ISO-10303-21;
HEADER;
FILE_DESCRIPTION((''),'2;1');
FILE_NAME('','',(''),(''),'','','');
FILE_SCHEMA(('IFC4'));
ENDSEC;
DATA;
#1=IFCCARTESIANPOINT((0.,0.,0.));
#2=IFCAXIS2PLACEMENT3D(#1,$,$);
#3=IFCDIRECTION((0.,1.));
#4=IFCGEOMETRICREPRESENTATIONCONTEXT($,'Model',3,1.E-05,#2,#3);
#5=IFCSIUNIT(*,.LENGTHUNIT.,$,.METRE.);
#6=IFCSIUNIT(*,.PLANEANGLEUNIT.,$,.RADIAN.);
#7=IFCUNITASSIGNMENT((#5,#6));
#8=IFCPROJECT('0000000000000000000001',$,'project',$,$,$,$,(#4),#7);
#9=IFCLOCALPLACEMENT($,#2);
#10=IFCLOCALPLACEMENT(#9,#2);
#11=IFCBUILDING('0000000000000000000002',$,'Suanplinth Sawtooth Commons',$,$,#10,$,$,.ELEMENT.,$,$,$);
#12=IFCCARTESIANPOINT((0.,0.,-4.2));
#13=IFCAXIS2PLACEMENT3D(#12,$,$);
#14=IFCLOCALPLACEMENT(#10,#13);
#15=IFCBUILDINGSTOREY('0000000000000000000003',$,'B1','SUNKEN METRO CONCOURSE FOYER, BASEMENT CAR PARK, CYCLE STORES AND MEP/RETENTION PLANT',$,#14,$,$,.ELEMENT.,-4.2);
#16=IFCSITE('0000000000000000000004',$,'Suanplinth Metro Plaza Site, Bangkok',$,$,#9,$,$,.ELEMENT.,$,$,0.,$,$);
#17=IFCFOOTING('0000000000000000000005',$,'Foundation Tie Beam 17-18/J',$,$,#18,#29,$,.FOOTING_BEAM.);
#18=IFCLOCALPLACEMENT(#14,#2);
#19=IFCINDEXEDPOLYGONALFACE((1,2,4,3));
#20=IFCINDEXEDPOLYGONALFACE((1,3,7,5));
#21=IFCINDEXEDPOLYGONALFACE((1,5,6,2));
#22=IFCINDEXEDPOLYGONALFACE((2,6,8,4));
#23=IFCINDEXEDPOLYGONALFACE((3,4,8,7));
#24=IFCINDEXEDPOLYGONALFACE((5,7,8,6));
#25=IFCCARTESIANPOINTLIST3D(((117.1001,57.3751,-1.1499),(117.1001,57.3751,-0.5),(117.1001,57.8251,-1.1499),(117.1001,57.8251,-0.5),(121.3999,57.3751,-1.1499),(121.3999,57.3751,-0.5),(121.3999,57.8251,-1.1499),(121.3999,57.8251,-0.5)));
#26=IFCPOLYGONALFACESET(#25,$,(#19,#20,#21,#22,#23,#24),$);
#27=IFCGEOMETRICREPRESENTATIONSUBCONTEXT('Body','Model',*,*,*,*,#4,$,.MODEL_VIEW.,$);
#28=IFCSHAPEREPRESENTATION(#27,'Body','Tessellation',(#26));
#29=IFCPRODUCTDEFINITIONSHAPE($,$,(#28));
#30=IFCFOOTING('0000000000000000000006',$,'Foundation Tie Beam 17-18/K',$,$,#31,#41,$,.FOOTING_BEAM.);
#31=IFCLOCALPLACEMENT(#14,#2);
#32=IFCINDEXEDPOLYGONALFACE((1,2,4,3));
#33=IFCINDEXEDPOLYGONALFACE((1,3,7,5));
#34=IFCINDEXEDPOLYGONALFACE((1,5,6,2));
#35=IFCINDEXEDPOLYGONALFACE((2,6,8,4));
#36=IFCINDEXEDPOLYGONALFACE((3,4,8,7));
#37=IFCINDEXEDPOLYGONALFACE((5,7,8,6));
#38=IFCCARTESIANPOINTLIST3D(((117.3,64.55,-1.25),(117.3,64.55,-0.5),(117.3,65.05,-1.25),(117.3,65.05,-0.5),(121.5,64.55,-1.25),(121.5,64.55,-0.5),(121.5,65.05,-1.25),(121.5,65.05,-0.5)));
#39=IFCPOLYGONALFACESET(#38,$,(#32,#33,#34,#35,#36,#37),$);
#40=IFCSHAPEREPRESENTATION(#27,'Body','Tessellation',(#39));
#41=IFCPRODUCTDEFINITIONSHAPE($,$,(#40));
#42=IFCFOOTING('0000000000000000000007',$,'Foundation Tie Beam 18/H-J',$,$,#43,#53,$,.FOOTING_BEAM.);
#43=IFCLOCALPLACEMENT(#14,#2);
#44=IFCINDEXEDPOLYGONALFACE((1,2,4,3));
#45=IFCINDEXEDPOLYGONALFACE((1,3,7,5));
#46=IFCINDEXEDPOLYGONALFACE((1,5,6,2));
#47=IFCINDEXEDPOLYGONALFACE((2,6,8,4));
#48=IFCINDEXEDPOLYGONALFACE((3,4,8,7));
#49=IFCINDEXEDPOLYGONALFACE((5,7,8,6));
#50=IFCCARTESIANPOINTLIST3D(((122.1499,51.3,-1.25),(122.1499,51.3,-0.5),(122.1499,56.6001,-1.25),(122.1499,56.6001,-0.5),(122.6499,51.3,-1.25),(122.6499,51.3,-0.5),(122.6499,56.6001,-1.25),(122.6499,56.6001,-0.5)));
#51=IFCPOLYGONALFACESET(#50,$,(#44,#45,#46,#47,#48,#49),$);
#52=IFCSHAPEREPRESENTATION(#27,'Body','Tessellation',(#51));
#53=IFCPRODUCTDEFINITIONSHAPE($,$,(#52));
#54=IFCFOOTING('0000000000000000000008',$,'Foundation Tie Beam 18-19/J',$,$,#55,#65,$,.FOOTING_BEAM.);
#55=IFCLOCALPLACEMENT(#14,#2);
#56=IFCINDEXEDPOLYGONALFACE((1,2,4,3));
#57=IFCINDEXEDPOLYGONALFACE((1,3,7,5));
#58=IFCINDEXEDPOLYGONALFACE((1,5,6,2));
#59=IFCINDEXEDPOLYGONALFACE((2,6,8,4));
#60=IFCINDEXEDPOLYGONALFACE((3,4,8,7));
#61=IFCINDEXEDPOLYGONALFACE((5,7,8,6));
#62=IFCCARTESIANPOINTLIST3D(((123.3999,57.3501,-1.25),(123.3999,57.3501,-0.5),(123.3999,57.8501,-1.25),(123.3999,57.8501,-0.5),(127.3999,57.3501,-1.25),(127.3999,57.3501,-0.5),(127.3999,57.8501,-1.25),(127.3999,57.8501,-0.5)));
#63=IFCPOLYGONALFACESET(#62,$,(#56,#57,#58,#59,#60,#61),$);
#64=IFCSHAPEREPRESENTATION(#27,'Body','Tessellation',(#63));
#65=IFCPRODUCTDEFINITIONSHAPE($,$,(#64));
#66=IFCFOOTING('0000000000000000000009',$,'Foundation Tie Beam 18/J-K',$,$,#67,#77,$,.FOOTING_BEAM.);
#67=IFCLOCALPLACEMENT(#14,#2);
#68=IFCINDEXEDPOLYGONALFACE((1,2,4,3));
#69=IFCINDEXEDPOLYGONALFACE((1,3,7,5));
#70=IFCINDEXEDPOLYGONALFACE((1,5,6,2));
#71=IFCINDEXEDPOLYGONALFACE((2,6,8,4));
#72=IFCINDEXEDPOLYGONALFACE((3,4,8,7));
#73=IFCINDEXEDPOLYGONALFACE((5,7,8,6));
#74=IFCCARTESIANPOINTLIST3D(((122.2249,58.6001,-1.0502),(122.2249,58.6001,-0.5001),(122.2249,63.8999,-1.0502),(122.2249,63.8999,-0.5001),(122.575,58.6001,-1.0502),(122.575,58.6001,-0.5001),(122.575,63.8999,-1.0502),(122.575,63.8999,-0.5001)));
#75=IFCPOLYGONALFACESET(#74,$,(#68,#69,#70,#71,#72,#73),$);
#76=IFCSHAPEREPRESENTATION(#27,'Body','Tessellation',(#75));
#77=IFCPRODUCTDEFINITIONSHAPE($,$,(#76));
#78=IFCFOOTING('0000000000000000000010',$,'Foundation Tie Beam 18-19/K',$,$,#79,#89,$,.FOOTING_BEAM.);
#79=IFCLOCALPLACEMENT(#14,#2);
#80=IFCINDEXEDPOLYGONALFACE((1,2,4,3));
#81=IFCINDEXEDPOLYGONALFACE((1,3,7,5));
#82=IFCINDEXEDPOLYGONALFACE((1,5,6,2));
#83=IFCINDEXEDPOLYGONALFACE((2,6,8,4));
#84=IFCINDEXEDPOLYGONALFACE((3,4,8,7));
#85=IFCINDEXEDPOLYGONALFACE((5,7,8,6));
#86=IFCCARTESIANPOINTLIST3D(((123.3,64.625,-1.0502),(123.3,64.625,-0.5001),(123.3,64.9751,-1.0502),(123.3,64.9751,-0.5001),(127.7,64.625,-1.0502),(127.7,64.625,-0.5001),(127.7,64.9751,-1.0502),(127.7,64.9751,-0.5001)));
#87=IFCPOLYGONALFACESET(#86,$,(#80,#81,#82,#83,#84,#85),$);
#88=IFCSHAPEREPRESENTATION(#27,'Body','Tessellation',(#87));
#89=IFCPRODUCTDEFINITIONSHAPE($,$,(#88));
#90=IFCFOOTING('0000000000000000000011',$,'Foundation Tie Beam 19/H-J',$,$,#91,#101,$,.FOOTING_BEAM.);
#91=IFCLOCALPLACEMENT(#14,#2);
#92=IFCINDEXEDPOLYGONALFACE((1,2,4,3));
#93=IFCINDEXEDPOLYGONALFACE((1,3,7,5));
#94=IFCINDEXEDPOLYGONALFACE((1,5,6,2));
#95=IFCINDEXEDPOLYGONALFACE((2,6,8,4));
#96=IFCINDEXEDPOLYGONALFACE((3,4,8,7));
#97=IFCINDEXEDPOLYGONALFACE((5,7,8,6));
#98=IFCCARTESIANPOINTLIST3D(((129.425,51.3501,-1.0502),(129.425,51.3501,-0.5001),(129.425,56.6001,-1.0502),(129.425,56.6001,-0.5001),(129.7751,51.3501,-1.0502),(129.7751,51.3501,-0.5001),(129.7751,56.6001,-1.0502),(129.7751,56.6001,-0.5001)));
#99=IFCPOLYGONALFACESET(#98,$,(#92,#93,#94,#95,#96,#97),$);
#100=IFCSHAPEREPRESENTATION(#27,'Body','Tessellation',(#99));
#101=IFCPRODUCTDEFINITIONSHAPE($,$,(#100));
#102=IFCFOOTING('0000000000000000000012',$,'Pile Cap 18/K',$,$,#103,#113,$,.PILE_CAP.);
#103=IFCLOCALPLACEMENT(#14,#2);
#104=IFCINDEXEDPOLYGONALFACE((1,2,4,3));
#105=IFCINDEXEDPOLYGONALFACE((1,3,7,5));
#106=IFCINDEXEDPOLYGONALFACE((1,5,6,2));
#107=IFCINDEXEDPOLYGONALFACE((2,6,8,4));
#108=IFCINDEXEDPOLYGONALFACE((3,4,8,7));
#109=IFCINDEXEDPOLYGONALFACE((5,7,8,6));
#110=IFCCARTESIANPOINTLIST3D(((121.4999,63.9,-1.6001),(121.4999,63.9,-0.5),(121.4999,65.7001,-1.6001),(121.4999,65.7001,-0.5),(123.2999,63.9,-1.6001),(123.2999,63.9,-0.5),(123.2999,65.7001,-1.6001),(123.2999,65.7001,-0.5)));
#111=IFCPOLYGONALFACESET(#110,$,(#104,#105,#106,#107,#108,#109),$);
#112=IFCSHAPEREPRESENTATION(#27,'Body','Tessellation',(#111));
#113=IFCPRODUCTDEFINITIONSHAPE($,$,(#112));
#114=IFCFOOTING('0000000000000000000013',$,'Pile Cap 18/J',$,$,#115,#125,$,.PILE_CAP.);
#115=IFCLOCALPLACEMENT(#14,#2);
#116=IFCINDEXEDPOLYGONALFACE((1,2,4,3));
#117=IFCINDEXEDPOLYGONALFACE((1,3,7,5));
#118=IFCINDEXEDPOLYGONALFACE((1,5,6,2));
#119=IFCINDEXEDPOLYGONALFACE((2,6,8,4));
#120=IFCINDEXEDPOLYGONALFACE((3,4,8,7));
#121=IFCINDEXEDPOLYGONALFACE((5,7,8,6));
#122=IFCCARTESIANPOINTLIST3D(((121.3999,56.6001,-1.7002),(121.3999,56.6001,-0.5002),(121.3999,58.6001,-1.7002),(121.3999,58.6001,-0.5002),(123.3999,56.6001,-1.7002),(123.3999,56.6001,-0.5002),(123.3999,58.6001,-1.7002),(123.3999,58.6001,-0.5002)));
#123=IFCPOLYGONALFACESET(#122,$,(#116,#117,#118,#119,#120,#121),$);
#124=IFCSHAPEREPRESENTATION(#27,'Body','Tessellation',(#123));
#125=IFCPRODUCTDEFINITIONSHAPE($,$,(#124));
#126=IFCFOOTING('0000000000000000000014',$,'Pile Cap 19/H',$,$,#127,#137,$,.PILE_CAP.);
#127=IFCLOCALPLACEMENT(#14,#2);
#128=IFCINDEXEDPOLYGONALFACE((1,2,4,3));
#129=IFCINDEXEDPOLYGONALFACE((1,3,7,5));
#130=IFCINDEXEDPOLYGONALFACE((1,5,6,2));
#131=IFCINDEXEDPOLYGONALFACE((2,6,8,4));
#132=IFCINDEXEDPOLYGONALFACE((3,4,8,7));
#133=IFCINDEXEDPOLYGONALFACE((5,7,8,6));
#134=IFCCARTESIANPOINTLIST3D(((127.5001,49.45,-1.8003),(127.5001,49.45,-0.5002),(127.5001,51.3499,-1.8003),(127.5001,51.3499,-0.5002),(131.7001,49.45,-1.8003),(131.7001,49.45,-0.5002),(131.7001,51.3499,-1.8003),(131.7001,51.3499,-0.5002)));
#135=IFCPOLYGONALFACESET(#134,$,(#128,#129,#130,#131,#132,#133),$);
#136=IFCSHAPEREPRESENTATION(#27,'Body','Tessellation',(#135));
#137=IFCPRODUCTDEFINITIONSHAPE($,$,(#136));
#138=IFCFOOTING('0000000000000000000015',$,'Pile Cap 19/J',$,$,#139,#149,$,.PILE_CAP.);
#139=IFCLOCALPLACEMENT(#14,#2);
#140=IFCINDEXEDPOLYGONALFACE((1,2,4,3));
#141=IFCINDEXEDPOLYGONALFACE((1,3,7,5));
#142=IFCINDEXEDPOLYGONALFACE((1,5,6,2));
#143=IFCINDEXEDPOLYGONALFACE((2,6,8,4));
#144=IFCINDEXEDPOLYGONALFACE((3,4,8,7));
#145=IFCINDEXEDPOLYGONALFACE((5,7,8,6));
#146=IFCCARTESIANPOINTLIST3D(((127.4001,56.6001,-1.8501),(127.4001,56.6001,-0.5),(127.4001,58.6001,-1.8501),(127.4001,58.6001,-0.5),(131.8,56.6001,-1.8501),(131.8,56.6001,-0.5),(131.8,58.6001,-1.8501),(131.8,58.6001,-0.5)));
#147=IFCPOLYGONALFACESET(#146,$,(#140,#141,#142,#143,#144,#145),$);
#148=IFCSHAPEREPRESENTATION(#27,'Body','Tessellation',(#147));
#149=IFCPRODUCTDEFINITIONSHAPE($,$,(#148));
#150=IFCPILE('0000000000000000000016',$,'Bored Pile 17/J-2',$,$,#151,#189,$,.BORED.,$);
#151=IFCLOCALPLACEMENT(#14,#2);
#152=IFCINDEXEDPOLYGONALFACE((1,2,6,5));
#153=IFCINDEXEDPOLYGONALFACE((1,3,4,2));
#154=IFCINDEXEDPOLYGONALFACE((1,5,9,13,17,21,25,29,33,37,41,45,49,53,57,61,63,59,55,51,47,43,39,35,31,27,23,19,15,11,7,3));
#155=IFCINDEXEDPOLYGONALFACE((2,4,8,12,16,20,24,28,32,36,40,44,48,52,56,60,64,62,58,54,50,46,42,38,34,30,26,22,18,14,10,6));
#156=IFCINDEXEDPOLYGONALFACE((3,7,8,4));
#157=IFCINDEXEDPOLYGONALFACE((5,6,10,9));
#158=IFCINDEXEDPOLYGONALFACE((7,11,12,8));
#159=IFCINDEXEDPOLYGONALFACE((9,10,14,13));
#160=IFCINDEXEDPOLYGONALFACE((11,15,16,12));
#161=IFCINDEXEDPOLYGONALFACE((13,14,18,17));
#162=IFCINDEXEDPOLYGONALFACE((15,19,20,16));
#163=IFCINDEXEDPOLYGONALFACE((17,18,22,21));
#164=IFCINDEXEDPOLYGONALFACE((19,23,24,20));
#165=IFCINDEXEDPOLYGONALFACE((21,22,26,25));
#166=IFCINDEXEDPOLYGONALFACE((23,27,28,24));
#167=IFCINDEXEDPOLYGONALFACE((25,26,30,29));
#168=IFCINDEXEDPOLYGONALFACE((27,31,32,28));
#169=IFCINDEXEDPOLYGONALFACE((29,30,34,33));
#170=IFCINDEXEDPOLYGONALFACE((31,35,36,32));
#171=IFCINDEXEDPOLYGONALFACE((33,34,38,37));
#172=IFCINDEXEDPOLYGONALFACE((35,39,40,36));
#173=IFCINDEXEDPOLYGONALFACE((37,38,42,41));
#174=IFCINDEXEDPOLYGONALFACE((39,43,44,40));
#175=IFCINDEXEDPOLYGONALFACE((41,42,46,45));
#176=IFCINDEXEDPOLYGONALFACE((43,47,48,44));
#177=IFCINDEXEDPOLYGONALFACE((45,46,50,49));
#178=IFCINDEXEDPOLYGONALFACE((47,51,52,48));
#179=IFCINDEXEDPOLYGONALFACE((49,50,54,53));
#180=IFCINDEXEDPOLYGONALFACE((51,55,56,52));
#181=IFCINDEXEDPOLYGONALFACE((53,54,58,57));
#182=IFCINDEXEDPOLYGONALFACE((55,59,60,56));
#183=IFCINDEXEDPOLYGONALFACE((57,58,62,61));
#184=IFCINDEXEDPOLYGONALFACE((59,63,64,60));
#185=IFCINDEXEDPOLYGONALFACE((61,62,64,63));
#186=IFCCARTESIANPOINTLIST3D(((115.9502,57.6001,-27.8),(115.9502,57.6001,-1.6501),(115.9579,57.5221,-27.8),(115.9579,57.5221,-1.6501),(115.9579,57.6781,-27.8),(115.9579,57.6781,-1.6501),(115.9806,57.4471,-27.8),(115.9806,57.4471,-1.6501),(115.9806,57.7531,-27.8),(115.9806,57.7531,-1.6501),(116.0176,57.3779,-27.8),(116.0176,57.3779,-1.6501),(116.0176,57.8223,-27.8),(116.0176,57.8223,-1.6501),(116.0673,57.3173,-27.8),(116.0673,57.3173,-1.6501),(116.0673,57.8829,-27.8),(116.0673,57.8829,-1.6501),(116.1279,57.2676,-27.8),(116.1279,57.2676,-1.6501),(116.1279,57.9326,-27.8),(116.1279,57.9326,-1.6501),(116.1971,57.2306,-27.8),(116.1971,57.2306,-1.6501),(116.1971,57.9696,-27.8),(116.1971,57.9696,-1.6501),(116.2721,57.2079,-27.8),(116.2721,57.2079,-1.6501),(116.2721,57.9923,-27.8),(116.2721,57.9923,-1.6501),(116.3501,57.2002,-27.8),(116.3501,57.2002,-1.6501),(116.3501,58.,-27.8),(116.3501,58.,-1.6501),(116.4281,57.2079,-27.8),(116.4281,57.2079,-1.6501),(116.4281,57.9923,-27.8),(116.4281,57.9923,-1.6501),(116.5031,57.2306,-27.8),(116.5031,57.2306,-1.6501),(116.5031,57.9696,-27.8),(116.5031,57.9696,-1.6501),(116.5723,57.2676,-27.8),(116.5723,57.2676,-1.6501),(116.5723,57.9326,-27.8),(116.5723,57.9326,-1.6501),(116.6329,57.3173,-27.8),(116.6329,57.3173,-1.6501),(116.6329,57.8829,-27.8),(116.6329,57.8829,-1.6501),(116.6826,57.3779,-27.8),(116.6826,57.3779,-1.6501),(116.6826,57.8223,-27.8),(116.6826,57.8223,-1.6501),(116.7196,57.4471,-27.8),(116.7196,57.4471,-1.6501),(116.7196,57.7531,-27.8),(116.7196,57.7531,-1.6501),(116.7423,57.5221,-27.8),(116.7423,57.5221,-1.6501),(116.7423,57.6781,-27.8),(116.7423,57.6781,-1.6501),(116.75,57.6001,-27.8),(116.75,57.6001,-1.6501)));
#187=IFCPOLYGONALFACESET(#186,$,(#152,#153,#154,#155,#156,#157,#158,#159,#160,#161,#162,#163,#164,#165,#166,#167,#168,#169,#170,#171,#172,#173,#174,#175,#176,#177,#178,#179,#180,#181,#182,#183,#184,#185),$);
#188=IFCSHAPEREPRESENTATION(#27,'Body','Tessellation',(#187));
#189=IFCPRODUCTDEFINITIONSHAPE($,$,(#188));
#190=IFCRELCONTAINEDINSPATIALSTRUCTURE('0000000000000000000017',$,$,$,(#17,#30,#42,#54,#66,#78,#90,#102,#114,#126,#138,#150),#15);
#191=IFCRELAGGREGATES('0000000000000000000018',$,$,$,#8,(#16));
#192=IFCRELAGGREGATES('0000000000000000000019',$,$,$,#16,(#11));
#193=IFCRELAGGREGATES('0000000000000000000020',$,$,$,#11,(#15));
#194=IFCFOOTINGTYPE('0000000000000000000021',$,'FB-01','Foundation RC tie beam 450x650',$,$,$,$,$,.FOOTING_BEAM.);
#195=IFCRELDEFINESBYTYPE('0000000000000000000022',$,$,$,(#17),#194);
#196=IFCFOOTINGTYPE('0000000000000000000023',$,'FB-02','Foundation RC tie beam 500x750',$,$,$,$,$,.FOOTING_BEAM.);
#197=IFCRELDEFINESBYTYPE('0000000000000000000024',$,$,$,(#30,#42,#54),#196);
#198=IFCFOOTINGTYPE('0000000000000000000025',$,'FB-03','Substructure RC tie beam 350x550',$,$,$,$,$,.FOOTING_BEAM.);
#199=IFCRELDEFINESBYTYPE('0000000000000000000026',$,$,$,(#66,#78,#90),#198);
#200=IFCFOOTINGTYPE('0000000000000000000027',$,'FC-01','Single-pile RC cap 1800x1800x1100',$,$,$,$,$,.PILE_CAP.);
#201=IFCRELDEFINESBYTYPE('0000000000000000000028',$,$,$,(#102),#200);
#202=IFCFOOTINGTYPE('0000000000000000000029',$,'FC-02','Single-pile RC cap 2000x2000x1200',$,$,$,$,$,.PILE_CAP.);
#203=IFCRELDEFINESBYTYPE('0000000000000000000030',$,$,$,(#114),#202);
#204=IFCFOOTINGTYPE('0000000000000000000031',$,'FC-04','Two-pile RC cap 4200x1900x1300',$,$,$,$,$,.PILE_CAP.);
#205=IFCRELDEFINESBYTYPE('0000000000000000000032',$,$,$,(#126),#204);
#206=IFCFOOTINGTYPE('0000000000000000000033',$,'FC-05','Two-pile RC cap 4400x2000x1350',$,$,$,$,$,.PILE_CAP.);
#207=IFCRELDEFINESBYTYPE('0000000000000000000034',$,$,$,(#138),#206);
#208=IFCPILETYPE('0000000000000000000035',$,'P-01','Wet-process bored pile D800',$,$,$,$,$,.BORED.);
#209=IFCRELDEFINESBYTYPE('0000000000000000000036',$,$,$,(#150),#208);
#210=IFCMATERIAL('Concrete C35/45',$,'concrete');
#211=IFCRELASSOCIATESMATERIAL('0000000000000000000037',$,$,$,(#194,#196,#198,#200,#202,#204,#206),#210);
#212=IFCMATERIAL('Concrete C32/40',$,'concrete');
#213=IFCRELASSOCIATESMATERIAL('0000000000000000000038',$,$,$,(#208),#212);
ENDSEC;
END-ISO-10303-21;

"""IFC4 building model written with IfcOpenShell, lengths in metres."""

from ifc_helpers import new_model, si_unit, direction, frame, origin, origin_2d, place, context, subcontext, project, spatial, rectangle, circle, extrude, material, material_profile, profile_set, type_object, element, save


model = new_model("IFC4")

# Units and contexts
model_context = context("Model", 3, precision=1e-05, world=origin(), true_north=direction((0.0, 1.0)))
body_context = subcontext(model_context, "Body", "Model", "MODEL_VIEW")
ifc_project = project(units=[si_unit("LENGTHUNIT", "METRE"), si_unit("PLANEANGLEUNIT", "RADIAN")], contexts=[model_context])

# Site, building, storey
site_placement = place(None, origin())
site = spatial("IfcSite", under=ifc_project, at=site_placement, Name="Suanplinth Metro Plaza Site, Bangkok", CompositionType="ELEMENT", RefElevation=0.0)
building_placement = place(site_placement, origin())
building = spatial("IfcBuilding", under=site, at=building_placement, Name="Suanplinth Sawtooth Commons", CompositionType="ELEMENT")
storey_placement = place(building_placement, frame((0.0, 0.0, -4.2)))
storey = spatial("IfcBuildingStorey", under=building, at=storey_placement, Name="B1", Description="SUNKEN METRO CONCOURSE FOYER, BASEMENT CAR PARK, CYCLE STORES AND MEP/RETENTION PLANT", CompositionType="ELEMENT", Elevation=-4.2)

# Footings
ifc_material_1 = material(Name="Concrete C35/45", Category="concrete")
ifc_material_profile_1 = material_profile(ifc_material_1, rectangle(XDim=0.45, YDim=0.6499, at=origin_2d()), Name="PC-GDR 450x650")
ifc_profile_set_1 = profile_set([ifc_material_profile_1], Name="Concrete C35/45")
footing_type_1 = type_object("IfcFootingType", Name="FB-01", Description="Foundation RC tie beam 450x650", PredefinedType="FOOTING_BEAM", material=ifc_profile_set_1)
footing_1_placement = place(storey_placement, frame((117.1001, 57.6001, -0.825), z_axis=(1.0, 0.0, 0.0), x_axis=(0.0, 1.0, 0.0)))
element("IfcFooting", 1, at=footing_1_placement, inside=storey, type_object=footing_type_1, Name="Foundation Tie Beam 17-18/J", PredefinedType="FOOTING_BEAM", context=body_context, shape_type="SweptSolid", body=[
    extrude(rectangle(XDim=0.45, YDim=0.6499, at=origin_2d()), origin(), (0.0, 0.0, 1.0), 4.2998),
])
ifc_material_profile_2 = material_profile(ifc_material_1, rectangle(XDim=0.5, YDim=0.75, at=origin_2d()), Name="RC-GDR 500x750")
ifc_profile_set_2 = profile_set([ifc_material_profile_2], Name="Concrete C35/45")
footing_type_2 = type_object("IfcFootingType", Name="FB-02", Description="Foundation RC tie beam 500x750", PredefinedType="FOOTING_BEAM", material=ifc_profile_set_2)
footing_2_placement = place(storey_placement, frame((117.3, 64.8, -0.875), z_axis=(1.0, 0.0, 0.0), x_axis=(0.0, 1.0, 0.0)))
element("IfcFooting", 2, at=footing_2_placement, inside=storey, type_object=footing_type_2, Name="Foundation Tie Beam 17-18/K", PredefinedType="FOOTING_BEAM", context=body_context, shape_type="SweptSolid", body=[
    extrude(rectangle(XDim=0.5, YDim=0.75, at=origin_2d()), origin(), (0.0, 0.0, 1.0), 4.2),
])
footing_3_placement = place(storey_placement, frame((122.3999, 51.3, -0.875), z_axis=(0.0, 1.0, 0.0), x_axis=(-1.0, 0.0, 0.0)))
element("IfcFooting", 3, at=footing_3_placement, inside=storey, type_object=footing_type_2, Name="Foundation Tie Beam 18/H-J", PredefinedType="FOOTING_BEAM", context=body_context, shape_type="SweptSolid", body=[
    extrude(rectangle(XDim=0.5, YDim=0.75, at=origin_2d()), origin(), (0.0, 0.0, 1.0), 5.3),
])
footing_4_placement = place(storey_placement, frame((123.3999, 57.6001, -0.875), z_axis=(1.0, 0.0, 0.0), x_axis=(0.0, 1.0, 0.0)))
element("IfcFooting", 4, at=footing_4_placement, inside=storey, type_object=footing_type_2, Name="Foundation Tie Beam 18-19/J", PredefinedType="FOOTING_BEAM", context=body_context, shape_type="SweptSolid", body=[
    extrude(rectangle(XDim=0.5, YDim=0.75, at=origin_2d()), origin(), (0.0, 0.0, 1.0), 4.0),
])
ifc_material_profile_3 = material_profile(ifc_material_1, rectangle(XDim=0.3501, YDim=0.55, at=origin_2d()), Name="PC-BM 350x550")
ifc_profile_set_3 = profile_set([ifc_material_profile_3], Name="Concrete C35/45")
footing_type_3 = type_object("IfcFootingType", Name="FB-03", Description="Substructure RC tie beam 350x550", PredefinedType="FOOTING_BEAM", material=ifc_profile_set_3)
footing_5_placement = place(storey_placement, frame((122.3999, 58.6001, -0.7751), z_axis=(0.0, 1.0, 0.0), x_axis=(-1.0, 0.0, 0.0)))
element("IfcFooting", 5, at=footing_5_placement, inside=storey, type_object=footing_type_3, Name="Foundation Tie Beam 18/J-K", PredefinedType="FOOTING_BEAM", context=body_context, shape_type="SweptSolid", body=[
    extrude(rectangle(XDim=0.3501, YDim=0.55, at=origin_2d()), origin(), (0.0, 0.0, 1.0), 5.2998),
])
footing_6_placement = place(storey_placement, frame((123.3, 64.8, -0.7751), z_axis=(1.0, 0.0, 0.0), x_axis=(0.0, 1.0, 0.0)))
element("IfcFooting", 6, at=footing_6_placement, inside=storey, type_object=footing_type_3, Name="Foundation Tie Beam 18-19/K", PredefinedType="FOOTING_BEAM", context=body_context, shape_type="SweptSolid", body=[
    extrude(rectangle(XDim=0.3501, YDim=0.55, at=origin_2d()), origin(), (0.0, 0.0, 1.0), 4.3999),
])
footing_7_placement = place(storey_placement, frame((129.6001, 51.3501, -0.7751), z_axis=(0.0, 1.0, 0.0), x_axis=(-1.0, 0.0, 0.0)))
element("IfcFooting", 7, at=footing_7_placement, inside=storey, type_object=footing_type_3, Name="Foundation Tie Beam 19/H-J", PredefinedType="FOOTING_BEAM", context=body_context, shape_type="SweptSolid", body=[
    extrude(rectangle(XDim=0.3501, YDim=0.55, at=origin_2d()), origin(), (0.0, 0.0, 1.0), 5.25),
])
footing_type_4 = type_object("IfcFootingType", Name="FC-01", Description="Single-pile RC cap 1800x1800x1100", PredefinedType="PILE_CAP", material=ifc_material_1)
footing_8_placement = place(storey_placement, frame((122.3999, 64.8, -1.6001), z_axis=(0.0, 0.0, 1.0), x_axis=(1.0, 0.0, 0.0)))
element("IfcFooting", 8, at=footing_8_placement, inside=storey, type_object=footing_type_4, Name="Pile Cap 18/K", PredefinedType="PILE_CAP", context=body_context, shape_type="SweptSolid", body=[
    extrude(rectangle(XDim=1.8, YDim=1.8, at=origin_2d()), origin(), (0.0, 0.0, 1.0), 1.1001),
])
footing_type_5 = type_object("IfcFootingType", Name="FC-02", Description="Single-pile RC cap 2000x2000x1200", PredefinedType="PILE_CAP", material=ifc_material_1)
footing_9_placement = place(storey_placement, frame((122.3999, 57.6001, -1.7002), z_axis=(0.0, 0.0, 1.0), x_axis=(1.0, 0.0, 0.0)))
element("IfcFooting", 9, at=footing_9_placement, inside=storey, type_object=footing_type_5, Name="Pile Cap 18/J", PredefinedType="PILE_CAP", context=body_context, shape_type="SweptSolid", body=[
    extrude(rectangle(XDim=2.0, YDim=2.0, at=origin_2d()), origin(), (0.0, 0.0, 1.0), 1.2),
])
footing_type_6 = type_object("IfcFootingType", Name="FC-04", Description="Two-pile RC cap 4200x1900x1300", PredefinedType="PILE_CAP", material=ifc_material_1)
footing_10_placement = place(storey_placement, frame((129.6001, 50.3999, -1.8003), z_axis=(0.0, 0.0, 1.0), x_axis=(1.0, 0.0, 0.0)))
element("IfcFooting", 10, at=footing_10_placement, inside=storey, type_object=footing_type_6, Name="Pile Cap 19/H", PredefinedType="PILE_CAP", context=body_context, shape_type="SweptSolid", body=[
    extrude(rectangle(XDim=4.2, YDim=1.8999, at=origin_2d()), origin(), (0.0, 0.0, 1.0), 1.3),
])
footing_type_7 = type_object("IfcFootingType", Name="FC-05", Description="Two-pile RC cap 4400x2000x1350", PredefinedType="PILE_CAP", material=ifc_material_1)
footing_11_placement = place(storey_placement, frame((129.6001, 57.6001, -1.8501), z_axis=(0.0, 0.0, 1.0), x_axis=(1.0, 0.0, 0.0)))
element("IfcFooting", 11, at=footing_11_placement, inside=storey, type_object=footing_type_7, Name="Pile Cap 19/J", PredefinedType="PILE_CAP", context=body_context, shape_type="SweptSolid", body=[
    extrude(rectangle(XDim=4.3999, YDim=2.0, at=origin_2d()), origin(), (0.0, 0.0, 1.0), 1.3501),
])

# Pile
ifc_material_2 = material(Name="Concrete C32/40", Category="concrete")
ifc_material_profile_4 = material_profile(ifc_material_2, circle(Radius=0.3999, at=origin_2d()), Name="PILE D800")
ifc_profile_set_4 = profile_set([ifc_material_profile_4], Name="Concrete C32/40")
pile_type_1 = type_object("IfcPileType", Name="P-01", Description="Wet-process bored pile D800", PredefinedType="BORED", material=ifc_profile_set_4)
pile_1_placement = place(storey_placement, frame((116.3501, 57.6001, -1.6501), z_axis=(0.0, 0.0, -1.0), x_axis=(1.0, 0.0, 0.0)))
element("IfcPile", 12, at=pile_1_placement, inside=storey, type_object=pile_type_1, Name="Bored Pile 17/J-2", PredefinedType="BORED", context=body_context, shape_type="SweptSolid", body=[
    extrude(circle(Radius=0.3999, at=origin_2d()), origin(), (0.0, 0.0, 1.0), 26.1499),
])

save(model, "model.ifc")
